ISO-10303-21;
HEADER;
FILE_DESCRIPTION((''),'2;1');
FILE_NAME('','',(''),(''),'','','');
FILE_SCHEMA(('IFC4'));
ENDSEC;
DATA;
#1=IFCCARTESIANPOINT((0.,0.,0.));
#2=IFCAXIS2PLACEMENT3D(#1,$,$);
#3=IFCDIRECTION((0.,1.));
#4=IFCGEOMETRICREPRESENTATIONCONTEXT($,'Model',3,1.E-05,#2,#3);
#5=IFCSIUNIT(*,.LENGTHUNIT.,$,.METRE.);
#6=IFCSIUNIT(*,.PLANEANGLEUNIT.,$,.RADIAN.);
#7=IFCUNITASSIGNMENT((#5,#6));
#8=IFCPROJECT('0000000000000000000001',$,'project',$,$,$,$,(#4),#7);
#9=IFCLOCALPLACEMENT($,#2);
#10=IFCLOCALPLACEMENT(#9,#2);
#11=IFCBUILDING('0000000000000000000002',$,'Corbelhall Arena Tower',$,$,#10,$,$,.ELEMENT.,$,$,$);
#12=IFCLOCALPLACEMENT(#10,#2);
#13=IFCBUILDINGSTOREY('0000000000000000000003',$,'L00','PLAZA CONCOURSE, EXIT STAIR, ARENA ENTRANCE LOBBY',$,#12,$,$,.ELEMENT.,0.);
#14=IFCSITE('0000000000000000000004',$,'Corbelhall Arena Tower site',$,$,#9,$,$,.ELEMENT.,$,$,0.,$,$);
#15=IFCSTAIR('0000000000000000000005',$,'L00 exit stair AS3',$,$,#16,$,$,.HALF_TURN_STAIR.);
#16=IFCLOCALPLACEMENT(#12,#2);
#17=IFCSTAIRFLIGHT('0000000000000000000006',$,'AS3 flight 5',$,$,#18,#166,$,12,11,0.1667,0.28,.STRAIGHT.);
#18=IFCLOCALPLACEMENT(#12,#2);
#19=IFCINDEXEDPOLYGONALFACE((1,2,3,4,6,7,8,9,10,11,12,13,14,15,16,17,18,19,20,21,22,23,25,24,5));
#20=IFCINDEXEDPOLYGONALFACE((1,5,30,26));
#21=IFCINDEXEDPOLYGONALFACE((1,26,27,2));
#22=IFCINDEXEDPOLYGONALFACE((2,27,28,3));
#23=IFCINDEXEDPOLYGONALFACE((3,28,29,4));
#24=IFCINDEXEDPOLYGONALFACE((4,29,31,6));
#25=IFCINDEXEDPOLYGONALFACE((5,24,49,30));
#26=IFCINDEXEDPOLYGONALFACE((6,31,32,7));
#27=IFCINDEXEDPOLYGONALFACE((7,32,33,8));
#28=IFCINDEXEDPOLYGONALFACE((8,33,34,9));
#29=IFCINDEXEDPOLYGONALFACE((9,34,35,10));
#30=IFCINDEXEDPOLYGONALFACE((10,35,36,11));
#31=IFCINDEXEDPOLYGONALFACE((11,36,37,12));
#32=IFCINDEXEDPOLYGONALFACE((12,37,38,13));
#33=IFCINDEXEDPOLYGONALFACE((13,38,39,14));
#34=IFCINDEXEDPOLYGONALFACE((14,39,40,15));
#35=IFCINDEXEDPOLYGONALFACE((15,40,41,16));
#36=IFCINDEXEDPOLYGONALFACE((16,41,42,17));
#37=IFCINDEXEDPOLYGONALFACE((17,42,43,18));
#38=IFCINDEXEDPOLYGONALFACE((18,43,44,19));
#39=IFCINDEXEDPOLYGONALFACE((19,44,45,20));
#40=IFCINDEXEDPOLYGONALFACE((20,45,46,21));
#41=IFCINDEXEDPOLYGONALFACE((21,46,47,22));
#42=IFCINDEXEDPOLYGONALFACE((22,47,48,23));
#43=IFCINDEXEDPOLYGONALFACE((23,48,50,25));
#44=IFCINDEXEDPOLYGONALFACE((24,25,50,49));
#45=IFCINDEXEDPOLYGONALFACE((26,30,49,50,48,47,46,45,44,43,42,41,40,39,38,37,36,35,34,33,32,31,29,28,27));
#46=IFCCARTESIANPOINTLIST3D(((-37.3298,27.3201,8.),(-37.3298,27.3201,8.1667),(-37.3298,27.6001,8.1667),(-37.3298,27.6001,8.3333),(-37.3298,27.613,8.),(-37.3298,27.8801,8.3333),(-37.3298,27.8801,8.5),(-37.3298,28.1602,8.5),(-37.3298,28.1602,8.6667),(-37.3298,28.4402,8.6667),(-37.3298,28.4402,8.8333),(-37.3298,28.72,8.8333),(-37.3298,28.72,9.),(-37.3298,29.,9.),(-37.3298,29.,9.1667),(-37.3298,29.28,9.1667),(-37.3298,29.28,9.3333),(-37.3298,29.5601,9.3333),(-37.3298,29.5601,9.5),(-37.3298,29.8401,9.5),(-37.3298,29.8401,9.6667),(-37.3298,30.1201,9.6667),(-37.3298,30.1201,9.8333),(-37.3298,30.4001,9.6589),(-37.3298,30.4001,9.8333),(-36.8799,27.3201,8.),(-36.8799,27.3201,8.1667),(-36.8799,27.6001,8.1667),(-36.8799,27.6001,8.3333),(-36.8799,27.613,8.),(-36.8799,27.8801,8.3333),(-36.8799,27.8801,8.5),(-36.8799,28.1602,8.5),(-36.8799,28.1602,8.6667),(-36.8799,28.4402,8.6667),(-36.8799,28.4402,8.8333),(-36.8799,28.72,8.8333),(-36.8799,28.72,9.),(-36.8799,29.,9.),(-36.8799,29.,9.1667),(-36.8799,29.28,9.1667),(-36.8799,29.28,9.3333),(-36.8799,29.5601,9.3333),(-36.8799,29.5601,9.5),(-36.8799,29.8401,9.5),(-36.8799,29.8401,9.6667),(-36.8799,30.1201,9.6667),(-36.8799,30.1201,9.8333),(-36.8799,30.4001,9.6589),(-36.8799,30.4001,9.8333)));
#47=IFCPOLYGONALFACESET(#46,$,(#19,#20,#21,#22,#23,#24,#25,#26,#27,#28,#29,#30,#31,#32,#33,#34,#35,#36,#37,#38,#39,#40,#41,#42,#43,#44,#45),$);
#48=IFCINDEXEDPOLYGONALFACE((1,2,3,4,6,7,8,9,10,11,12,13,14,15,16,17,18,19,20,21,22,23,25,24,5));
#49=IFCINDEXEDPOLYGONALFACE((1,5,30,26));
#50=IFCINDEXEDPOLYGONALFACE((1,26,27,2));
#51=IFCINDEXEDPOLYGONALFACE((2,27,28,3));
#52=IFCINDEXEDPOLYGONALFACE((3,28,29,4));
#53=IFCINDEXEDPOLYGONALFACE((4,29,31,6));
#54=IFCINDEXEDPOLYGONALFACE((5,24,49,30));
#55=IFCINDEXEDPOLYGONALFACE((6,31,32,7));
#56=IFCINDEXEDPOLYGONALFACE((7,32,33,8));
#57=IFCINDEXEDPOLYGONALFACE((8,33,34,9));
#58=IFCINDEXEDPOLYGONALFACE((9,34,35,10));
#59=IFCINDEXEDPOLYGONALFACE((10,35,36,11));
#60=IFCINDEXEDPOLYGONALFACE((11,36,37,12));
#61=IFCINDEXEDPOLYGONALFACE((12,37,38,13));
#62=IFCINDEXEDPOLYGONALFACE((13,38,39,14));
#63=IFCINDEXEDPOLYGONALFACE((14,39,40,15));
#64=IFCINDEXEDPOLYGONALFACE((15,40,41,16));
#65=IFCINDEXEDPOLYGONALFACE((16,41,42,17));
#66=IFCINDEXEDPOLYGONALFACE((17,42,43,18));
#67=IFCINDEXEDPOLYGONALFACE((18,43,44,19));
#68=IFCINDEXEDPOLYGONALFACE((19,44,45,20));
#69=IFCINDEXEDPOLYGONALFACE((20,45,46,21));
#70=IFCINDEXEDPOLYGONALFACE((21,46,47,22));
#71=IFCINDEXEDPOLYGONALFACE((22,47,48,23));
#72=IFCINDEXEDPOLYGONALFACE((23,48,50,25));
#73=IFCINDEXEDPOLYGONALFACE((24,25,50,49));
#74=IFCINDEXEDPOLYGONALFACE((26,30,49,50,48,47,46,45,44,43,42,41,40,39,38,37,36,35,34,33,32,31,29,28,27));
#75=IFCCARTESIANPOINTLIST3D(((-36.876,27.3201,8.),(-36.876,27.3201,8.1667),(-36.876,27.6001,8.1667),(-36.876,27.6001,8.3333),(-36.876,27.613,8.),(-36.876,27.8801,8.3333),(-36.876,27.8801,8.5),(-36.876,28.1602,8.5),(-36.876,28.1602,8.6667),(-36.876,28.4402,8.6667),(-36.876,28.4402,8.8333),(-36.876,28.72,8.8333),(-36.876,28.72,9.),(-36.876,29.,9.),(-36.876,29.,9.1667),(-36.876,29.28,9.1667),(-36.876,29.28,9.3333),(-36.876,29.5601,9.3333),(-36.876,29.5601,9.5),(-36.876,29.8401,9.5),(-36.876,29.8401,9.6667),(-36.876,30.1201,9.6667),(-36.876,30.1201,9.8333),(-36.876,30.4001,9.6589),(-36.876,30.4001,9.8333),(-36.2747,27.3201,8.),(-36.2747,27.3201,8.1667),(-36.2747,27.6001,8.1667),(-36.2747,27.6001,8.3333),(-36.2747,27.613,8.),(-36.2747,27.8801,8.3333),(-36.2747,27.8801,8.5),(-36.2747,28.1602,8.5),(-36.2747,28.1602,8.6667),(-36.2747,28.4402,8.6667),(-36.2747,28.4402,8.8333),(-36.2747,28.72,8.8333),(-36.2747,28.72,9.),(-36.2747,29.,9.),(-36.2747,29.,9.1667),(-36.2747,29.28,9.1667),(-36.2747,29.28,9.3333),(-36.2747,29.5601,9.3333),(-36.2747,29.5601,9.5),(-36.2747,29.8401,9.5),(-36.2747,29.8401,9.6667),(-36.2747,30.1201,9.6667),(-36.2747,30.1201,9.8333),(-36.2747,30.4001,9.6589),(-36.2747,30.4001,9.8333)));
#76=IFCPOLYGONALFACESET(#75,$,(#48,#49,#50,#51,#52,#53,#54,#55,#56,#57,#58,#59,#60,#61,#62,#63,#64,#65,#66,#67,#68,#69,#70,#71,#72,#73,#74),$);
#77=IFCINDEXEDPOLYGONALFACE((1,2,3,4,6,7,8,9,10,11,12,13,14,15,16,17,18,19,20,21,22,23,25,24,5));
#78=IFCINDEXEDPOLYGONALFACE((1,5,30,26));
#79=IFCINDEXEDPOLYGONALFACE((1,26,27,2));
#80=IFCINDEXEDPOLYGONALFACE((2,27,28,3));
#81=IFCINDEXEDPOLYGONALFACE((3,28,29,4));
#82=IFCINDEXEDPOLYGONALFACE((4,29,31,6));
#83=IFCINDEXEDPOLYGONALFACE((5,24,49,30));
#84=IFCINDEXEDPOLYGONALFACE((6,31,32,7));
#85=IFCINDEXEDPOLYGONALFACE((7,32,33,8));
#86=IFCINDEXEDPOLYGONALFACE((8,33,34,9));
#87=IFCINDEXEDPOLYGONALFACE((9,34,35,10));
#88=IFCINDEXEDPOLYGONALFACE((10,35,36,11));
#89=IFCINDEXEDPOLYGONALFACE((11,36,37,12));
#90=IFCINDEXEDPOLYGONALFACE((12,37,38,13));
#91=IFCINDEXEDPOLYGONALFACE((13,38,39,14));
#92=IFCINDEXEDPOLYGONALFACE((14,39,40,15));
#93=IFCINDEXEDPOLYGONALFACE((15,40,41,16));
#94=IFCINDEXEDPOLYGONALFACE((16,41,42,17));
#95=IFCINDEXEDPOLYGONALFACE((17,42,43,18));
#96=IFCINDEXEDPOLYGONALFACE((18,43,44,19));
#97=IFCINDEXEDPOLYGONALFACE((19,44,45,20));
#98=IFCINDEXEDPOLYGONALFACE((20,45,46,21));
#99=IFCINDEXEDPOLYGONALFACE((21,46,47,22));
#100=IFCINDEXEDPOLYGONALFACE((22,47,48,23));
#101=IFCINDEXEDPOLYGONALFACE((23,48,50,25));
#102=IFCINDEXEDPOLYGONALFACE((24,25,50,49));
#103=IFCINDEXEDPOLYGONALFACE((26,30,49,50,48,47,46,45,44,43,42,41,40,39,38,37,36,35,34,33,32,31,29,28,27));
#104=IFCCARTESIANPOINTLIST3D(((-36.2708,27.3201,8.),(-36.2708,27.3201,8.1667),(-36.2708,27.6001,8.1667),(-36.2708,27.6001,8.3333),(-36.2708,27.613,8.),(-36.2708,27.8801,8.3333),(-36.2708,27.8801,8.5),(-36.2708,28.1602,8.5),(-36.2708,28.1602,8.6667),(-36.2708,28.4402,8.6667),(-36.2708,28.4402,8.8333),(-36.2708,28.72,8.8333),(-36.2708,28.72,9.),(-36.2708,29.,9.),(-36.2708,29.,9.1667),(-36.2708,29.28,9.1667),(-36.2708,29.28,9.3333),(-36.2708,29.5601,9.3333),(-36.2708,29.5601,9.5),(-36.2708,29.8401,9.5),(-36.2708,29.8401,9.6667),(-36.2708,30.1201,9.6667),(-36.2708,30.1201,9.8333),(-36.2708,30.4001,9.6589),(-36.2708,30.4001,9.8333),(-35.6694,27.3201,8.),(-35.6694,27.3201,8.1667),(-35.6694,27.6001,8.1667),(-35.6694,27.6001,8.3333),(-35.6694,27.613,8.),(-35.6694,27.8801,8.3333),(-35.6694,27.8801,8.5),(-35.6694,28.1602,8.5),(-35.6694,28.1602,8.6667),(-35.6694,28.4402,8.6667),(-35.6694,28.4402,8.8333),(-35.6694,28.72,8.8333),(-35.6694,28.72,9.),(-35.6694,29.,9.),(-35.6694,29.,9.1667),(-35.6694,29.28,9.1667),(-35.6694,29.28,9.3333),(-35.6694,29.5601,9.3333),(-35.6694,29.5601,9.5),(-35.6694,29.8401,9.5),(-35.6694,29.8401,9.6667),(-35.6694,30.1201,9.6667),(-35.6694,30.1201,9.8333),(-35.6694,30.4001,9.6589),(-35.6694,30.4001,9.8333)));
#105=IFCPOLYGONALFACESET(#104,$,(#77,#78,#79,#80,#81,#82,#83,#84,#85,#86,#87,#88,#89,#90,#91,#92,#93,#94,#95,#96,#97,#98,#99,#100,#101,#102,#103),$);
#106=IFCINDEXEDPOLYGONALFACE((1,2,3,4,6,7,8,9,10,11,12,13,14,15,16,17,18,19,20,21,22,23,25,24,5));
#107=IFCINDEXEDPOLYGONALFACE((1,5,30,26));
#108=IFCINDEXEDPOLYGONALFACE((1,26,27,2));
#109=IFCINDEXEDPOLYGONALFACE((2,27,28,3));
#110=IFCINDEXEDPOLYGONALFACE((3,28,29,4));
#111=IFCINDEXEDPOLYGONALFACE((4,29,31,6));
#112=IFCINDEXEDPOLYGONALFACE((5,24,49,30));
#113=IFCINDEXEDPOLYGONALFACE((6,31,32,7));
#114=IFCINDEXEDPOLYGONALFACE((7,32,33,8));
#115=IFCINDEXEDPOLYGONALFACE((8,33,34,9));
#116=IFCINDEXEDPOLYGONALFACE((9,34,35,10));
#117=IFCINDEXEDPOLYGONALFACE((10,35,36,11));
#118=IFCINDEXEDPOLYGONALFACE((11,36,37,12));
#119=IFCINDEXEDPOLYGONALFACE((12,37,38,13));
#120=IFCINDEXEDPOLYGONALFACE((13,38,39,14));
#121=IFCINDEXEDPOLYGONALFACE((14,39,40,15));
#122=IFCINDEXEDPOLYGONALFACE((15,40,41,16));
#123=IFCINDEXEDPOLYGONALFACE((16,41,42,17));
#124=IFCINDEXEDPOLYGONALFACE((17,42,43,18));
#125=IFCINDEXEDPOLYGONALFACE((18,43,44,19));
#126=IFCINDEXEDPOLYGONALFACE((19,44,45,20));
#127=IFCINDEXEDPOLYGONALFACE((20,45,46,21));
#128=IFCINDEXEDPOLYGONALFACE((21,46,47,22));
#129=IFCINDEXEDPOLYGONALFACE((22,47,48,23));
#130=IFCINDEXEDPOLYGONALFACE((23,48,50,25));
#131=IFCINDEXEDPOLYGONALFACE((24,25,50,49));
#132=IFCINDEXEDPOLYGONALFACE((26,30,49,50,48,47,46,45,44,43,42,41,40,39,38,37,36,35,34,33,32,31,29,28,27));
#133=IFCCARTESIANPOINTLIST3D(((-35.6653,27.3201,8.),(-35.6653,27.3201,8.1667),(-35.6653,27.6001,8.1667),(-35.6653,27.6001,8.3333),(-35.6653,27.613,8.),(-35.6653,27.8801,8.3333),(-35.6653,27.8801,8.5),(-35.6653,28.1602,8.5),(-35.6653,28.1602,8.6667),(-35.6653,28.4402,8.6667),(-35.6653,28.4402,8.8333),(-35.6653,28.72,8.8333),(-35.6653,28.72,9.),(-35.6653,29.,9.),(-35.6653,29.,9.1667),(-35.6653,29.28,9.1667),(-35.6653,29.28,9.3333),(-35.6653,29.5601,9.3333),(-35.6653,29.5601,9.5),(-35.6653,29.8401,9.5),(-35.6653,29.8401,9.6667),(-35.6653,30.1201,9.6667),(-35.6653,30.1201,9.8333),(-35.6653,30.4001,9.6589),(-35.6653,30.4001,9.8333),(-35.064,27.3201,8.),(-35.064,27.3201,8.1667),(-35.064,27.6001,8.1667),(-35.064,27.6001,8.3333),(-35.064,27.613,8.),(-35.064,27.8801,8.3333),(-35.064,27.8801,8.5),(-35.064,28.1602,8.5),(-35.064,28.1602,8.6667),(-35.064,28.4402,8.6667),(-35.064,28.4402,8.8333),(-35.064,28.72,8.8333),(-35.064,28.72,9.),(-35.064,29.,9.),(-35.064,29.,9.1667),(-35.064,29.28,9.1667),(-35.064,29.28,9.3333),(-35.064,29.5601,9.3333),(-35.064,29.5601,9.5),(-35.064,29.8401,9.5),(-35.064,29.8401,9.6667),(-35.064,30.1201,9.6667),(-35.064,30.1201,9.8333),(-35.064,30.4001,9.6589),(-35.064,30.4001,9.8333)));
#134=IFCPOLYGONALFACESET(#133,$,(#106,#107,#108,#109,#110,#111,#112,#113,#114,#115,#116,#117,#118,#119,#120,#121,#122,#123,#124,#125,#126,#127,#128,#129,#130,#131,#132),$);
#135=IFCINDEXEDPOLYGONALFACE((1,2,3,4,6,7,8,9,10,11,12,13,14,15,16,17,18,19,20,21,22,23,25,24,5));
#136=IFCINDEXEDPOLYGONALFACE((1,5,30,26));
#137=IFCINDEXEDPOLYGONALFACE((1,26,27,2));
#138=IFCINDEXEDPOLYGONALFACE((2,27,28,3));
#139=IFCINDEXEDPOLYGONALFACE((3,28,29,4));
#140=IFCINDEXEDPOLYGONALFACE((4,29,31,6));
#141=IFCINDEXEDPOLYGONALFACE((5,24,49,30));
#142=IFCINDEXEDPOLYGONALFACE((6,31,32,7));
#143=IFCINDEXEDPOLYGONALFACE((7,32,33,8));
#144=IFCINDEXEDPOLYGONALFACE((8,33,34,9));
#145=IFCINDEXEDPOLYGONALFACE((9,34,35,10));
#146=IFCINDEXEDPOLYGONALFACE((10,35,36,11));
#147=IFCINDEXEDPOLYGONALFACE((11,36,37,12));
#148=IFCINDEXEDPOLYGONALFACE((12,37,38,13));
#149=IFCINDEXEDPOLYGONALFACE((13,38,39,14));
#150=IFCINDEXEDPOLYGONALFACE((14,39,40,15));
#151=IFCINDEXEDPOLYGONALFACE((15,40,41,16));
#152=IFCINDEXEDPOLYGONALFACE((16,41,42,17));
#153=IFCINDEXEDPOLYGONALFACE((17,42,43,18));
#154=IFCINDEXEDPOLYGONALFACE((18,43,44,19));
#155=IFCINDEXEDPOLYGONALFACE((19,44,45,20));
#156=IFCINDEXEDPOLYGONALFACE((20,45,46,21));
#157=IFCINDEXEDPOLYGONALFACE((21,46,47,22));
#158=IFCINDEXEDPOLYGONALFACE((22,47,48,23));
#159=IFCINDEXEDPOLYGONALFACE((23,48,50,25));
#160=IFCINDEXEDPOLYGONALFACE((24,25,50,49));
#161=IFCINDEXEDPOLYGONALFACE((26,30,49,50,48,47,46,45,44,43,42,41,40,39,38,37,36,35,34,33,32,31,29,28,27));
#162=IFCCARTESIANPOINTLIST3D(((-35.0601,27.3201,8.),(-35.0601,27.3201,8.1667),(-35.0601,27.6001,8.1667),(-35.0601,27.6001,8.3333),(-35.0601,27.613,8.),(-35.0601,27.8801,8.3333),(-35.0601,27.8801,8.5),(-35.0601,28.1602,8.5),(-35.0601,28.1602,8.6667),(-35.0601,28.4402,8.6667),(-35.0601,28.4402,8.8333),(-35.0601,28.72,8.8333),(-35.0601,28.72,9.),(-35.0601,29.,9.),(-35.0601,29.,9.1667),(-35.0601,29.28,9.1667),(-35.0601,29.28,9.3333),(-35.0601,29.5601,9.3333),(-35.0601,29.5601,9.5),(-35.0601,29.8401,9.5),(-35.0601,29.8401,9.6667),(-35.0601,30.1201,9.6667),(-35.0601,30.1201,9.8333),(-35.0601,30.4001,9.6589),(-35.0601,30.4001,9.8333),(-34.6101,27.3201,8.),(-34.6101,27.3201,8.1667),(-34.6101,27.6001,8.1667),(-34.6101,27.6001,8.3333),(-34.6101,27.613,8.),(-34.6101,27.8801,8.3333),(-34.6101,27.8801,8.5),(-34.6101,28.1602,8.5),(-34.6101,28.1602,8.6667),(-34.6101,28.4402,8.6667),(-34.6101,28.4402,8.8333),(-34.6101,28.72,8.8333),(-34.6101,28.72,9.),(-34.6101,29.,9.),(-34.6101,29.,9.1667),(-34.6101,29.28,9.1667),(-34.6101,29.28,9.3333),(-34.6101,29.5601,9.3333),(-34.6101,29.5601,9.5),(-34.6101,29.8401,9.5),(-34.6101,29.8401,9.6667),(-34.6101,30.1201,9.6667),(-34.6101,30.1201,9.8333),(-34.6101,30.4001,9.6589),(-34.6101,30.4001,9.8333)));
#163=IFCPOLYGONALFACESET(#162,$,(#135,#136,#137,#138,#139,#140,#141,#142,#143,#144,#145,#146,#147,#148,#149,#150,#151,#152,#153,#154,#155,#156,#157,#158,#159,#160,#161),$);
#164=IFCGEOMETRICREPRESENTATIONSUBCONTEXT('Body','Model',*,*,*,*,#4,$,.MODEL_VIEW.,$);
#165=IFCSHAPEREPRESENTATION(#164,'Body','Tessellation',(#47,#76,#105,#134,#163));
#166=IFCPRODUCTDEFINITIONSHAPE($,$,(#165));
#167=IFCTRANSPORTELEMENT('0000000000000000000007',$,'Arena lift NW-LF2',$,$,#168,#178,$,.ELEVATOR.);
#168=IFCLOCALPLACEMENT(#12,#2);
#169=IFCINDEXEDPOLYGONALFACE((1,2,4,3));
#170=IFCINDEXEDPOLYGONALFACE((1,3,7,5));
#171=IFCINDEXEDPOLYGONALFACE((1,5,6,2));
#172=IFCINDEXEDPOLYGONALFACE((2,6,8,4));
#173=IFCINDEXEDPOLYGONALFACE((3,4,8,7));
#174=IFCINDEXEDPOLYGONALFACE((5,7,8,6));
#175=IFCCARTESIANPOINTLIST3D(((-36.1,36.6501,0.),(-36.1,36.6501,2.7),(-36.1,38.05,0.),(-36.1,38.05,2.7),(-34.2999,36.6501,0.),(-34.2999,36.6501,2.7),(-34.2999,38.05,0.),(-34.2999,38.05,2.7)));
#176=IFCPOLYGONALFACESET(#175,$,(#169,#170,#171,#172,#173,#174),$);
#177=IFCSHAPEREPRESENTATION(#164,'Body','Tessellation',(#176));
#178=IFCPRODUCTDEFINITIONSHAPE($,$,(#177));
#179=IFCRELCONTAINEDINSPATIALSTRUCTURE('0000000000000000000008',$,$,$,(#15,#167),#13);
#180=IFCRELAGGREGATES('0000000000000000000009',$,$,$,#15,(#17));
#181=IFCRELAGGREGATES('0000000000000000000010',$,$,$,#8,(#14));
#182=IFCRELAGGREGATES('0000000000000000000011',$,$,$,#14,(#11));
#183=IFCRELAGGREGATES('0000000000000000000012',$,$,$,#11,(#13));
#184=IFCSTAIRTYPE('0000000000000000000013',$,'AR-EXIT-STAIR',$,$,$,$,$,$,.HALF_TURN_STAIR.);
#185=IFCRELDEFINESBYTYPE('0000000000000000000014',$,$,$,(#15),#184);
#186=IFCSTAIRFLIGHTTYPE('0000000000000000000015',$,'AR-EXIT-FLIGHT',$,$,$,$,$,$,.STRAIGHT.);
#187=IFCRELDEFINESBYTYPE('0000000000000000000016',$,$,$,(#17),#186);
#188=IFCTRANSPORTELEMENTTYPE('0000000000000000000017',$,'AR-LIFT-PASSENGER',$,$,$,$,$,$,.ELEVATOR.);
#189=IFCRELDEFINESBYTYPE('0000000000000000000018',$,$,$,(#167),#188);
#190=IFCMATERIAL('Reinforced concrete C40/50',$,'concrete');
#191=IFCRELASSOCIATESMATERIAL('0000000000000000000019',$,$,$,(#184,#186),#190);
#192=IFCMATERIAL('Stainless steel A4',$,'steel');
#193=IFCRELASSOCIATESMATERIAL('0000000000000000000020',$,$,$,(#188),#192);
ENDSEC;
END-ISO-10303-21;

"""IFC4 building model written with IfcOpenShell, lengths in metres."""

from ifc_helpers import new_model, si_unit, direction, frame, origin, origin_2d, place, context, subcontext, project, spatial, polyline, rectangle, outline, extrude, material, type_object, element, aggregate, save


model = new_model("IFC4")

# Units and contexts
model_context = context("Model", 3, precision=1e-05, world=origin(), true_north=direction((0.0, 1.0)))
body_context = subcontext(model_context, "Body", "Model", "MODEL_VIEW")
ifc_project = project(units=[si_unit("LENGTHUNIT", "METRE"), si_unit("PLANEANGLEUNIT", "RADIAN")], contexts=[model_context])

# Site, building, storey
site_placement = place(None, origin())
site = spatial("IfcSite", under=ifc_project, at=site_placement, Name="Corbelhall Arena Tower site", CompositionType="ELEMENT", RefElevation=0.0)
building_placement = place(site_placement, origin())
building = spatial("IfcBuilding", under=site, at=building_placement, Name="Corbelhall Arena Tower", CompositionType="ELEMENT")
storey_placement = place(building_placement, origin())
storey = spatial("IfcBuildingStorey", under=building, at=storey_placement, Name="L00", Description="PLAZA CONCOURSE, EXIT STAIR, ARENA ENTRANCE LOBBY", CompositionType="ELEMENT", Elevation=0.0)

# Shared definitions
ifc_material_1 = material(Name="Reinforced concrete C40/50", Category="concrete")

# Stair, stair flight
stair_type = type_object("IfcStairType", Name="AR-EXIT-STAIR", PredefinedType="HALF_TURN_STAIR", material=ifc_material_1)
stair_placement = place(storey_placement, origin())
stair = element("IfcStair", 1, at=stair_placement, inside=storey, type_object=stair_type, Name="L00 exit stair AS3", PredefinedType="HALF_TURN_STAIR")
stair_flight_type = type_object("IfcStairFlightType", Name="AR-EXIT-FLIGHT", PredefinedType="STRAIGHT", material=ifc_material_1)
stair_flight_placement = place(storey_placement, frame((-35.97, 27.3201, 8.0), z_axis=(0.0, 0.0, 1.0), x_axis=(0.0, 1.0, 0.0)))
stair_flight = element("IfcStairFlight", 2, at=stair_flight_placement, type_object=stair_flight_type, Name="AS3 flight 5", NumberOfRisers=12, NumberOfTreads=11, PredefinedType="STRAIGHT", RiserHeight=0.1667, TreadLength=0.28, context=body_context, shape_type="SweptSolid", body=[
    extrude(outline(polyline([(0.0, 0.0), (0.0, 0.1667), (0.28, 0.1667), (0.28, 0.3333), (0.5601, 0.3333), (0.5601, 0.5), (0.8401, 0.5), (0.8401, 0.6667), (1.1201, 0.6667), (1.1201, 0.8333), (1.3999, 0.8333), (1.3999, 1.0), (1.6799, 1.0), (1.6799, 1.1667), (1.96, 1.1667), (1.96, 1.3333), (2.24, 1.3333), (2.24, 1.5), (2.52, 1.5), (2.52, 1.6667), (2.8, 1.6667), (2.8, 1.8333), (3.0801, 1.8333), (3.0801, 2.0), (3.0801, 1.6589), (0.293, 0.0), (0.0, 0.0)])), frame((0.0, 1.3599, 0.0), z_axis=(0.0, -1.0, 0.0), x_axis=(1.0, 0.0, 0.0)), (0.0, 0.0, 1.0), 0.45),
    extrude(outline(polyline([(0.0, 0.0), (0.0, 0.1667), (0.28, 0.1667), (0.28, 0.3333), (0.5601, 0.3333), (0.5601, 0.5), (0.8401, 0.5), (0.8401, 0.6667), (1.1201, 0.6667), (1.1201, 0.8333), (1.3999, 0.8333), (1.3999, 1.0), (1.6799, 1.0), (1.6799, 1.1667), (1.96, 1.1667), (1.96, 1.3333), (2.24, 1.3333), (2.24, 1.5), (2.52, 1.5), (2.52, 1.6667), (2.8, 1.6667), (2.8, 1.8333), (3.0801, 1.8333), (3.0801, 2.0), (3.0801, 1.6589), (0.293, 0.0), (0.0, 0.0)])), frame((0.0, 0.906, 0.0), z_axis=(0.0, -1.0, 0.0), x_axis=(1.0, 0.0, 0.0)), (0.0, 0.0, 1.0), 0.6013),
    extrude(outline(polyline([(0.0, 0.0), (0.0, 0.1667), (0.28, 0.1667), (0.28, 0.3333), (0.5601, 0.3333), (0.5601, 0.5), (0.8401, 0.5), (0.8401, 0.6667), (1.1201, 0.6667), (1.1201, 0.8333), (1.3999, 0.8333), (1.3999, 1.0), (1.6799, 1.0), (1.6799, 1.1667), (1.96, 1.1667), (1.96, 1.3333), (2.24, 1.3333), (2.24, 1.5), (2.52, 1.5), (2.52, 1.6667), (2.8, 1.6667), (2.8, 1.8333), (3.0801, 1.8333), (3.0801, 2.0), (3.0801, 1.6589), (0.293, 0.0), (0.0, 0.0)])), frame((0.0, 0.3008, 0.0), z_axis=(0.0, -1.0, 0.0), x_axis=(1.0, 0.0, 0.0)), (0.0, 0.0, 1.0), 0.6013),
    extrude(outline(polyline([(0.0, 0.0), (0.0, 0.1667), (0.28, 0.1667), (0.28, 0.3333), (0.5601, 0.3333), (0.5601, 0.5), (0.8401, 0.5), (0.8401, 0.6667), (1.1201, 0.6667), (1.1201, 0.8333), (1.3999, 0.8333), (1.3999, 1.0), (1.6799, 1.0), (1.6799, 1.1667), (1.96, 1.1667), (1.96, 1.3333), (2.24, 1.3333), (2.24, 1.5), (2.52, 1.5), (2.52, 1.6667), (2.8, 1.6667), (2.8, 1.8333), (3.0801, 1.8333), (3.0801, 2.0), (3.0801, 1.6589), (0.293, 0.0), (0.0, 0.0)])), frame((0.0, -0.3047, 0.0), z_axis=(0.0, -1.0, 0.0), x_axis=(1.0, 0.0, 0.0)), (0.0, 0.0, 1.0), 0.6013),
    extrude(outline(polyline([(0.0, 0.0), (0.0, 0.1667), (0.28, 0.1667), (0.28, 0.3333), (0.5601, 0.3333), (0.5601, 0.5), (0.8401, 0.5), (0.8401, 0.6667), (1.1201, 0.6667), (1.1201, 0.8333), (1.3999, 0.8333), (1.3999, 1.0), (1.6799, 1.0), (1.6799, 1.1667), (1.96, 1.1667), (1.96, 1.3333), (2.24, 1.3333), (2.24, 1.5), (2.52, 1.5), (2.52, 1.6667), (2.8, 1.6667), (2.8, 1.8333), (3.0801, 1.8333), (3.0801, 2.0), (3.0801, 1.6589), (0.293, 0.0), (0.0, 0.0)])), frame((0.0, -0.9099, 0.0), z_axis=(0.0, -1.0, 0.0), x_axis=(1.0, 0.0, 0.0)), (0.0, 0.0, 1.0), 0.45),
])
aggregate(stair, [stair_flight])

# Shared definitions
ifc_material_2 = material(Name="Stainless steel A4", Category="steel")

# Transport element
transport_element_type = type_object("IfcTransportElementType", Name="AR-LIFT-PASSENGER", PredefinedType="ELEVATOR", material=ifc_material_2)
transport_element_placement = place(storey_placement, frame((-35.2, 37.3501, 0.0), z_axis=(0.0, 0.0, 1.0), x_axis=(1.0, 0.0, 0.0)))
element("IfcTransportElement", 3, at=transport_element_placement, inside=storey, type_object=transport_element_type, Name="Arena lift NW-LF2", PredefinedType="ELEVATOR", context=body_context, shape_type="SweptSolid", body=[
    extrude(rectangle(XDim=1.8, YDim=1.3999, at=origin_2d()), origin(), (0.0, 0.0, 1.0), 2.7),
])

save(model, "model.ifc")
